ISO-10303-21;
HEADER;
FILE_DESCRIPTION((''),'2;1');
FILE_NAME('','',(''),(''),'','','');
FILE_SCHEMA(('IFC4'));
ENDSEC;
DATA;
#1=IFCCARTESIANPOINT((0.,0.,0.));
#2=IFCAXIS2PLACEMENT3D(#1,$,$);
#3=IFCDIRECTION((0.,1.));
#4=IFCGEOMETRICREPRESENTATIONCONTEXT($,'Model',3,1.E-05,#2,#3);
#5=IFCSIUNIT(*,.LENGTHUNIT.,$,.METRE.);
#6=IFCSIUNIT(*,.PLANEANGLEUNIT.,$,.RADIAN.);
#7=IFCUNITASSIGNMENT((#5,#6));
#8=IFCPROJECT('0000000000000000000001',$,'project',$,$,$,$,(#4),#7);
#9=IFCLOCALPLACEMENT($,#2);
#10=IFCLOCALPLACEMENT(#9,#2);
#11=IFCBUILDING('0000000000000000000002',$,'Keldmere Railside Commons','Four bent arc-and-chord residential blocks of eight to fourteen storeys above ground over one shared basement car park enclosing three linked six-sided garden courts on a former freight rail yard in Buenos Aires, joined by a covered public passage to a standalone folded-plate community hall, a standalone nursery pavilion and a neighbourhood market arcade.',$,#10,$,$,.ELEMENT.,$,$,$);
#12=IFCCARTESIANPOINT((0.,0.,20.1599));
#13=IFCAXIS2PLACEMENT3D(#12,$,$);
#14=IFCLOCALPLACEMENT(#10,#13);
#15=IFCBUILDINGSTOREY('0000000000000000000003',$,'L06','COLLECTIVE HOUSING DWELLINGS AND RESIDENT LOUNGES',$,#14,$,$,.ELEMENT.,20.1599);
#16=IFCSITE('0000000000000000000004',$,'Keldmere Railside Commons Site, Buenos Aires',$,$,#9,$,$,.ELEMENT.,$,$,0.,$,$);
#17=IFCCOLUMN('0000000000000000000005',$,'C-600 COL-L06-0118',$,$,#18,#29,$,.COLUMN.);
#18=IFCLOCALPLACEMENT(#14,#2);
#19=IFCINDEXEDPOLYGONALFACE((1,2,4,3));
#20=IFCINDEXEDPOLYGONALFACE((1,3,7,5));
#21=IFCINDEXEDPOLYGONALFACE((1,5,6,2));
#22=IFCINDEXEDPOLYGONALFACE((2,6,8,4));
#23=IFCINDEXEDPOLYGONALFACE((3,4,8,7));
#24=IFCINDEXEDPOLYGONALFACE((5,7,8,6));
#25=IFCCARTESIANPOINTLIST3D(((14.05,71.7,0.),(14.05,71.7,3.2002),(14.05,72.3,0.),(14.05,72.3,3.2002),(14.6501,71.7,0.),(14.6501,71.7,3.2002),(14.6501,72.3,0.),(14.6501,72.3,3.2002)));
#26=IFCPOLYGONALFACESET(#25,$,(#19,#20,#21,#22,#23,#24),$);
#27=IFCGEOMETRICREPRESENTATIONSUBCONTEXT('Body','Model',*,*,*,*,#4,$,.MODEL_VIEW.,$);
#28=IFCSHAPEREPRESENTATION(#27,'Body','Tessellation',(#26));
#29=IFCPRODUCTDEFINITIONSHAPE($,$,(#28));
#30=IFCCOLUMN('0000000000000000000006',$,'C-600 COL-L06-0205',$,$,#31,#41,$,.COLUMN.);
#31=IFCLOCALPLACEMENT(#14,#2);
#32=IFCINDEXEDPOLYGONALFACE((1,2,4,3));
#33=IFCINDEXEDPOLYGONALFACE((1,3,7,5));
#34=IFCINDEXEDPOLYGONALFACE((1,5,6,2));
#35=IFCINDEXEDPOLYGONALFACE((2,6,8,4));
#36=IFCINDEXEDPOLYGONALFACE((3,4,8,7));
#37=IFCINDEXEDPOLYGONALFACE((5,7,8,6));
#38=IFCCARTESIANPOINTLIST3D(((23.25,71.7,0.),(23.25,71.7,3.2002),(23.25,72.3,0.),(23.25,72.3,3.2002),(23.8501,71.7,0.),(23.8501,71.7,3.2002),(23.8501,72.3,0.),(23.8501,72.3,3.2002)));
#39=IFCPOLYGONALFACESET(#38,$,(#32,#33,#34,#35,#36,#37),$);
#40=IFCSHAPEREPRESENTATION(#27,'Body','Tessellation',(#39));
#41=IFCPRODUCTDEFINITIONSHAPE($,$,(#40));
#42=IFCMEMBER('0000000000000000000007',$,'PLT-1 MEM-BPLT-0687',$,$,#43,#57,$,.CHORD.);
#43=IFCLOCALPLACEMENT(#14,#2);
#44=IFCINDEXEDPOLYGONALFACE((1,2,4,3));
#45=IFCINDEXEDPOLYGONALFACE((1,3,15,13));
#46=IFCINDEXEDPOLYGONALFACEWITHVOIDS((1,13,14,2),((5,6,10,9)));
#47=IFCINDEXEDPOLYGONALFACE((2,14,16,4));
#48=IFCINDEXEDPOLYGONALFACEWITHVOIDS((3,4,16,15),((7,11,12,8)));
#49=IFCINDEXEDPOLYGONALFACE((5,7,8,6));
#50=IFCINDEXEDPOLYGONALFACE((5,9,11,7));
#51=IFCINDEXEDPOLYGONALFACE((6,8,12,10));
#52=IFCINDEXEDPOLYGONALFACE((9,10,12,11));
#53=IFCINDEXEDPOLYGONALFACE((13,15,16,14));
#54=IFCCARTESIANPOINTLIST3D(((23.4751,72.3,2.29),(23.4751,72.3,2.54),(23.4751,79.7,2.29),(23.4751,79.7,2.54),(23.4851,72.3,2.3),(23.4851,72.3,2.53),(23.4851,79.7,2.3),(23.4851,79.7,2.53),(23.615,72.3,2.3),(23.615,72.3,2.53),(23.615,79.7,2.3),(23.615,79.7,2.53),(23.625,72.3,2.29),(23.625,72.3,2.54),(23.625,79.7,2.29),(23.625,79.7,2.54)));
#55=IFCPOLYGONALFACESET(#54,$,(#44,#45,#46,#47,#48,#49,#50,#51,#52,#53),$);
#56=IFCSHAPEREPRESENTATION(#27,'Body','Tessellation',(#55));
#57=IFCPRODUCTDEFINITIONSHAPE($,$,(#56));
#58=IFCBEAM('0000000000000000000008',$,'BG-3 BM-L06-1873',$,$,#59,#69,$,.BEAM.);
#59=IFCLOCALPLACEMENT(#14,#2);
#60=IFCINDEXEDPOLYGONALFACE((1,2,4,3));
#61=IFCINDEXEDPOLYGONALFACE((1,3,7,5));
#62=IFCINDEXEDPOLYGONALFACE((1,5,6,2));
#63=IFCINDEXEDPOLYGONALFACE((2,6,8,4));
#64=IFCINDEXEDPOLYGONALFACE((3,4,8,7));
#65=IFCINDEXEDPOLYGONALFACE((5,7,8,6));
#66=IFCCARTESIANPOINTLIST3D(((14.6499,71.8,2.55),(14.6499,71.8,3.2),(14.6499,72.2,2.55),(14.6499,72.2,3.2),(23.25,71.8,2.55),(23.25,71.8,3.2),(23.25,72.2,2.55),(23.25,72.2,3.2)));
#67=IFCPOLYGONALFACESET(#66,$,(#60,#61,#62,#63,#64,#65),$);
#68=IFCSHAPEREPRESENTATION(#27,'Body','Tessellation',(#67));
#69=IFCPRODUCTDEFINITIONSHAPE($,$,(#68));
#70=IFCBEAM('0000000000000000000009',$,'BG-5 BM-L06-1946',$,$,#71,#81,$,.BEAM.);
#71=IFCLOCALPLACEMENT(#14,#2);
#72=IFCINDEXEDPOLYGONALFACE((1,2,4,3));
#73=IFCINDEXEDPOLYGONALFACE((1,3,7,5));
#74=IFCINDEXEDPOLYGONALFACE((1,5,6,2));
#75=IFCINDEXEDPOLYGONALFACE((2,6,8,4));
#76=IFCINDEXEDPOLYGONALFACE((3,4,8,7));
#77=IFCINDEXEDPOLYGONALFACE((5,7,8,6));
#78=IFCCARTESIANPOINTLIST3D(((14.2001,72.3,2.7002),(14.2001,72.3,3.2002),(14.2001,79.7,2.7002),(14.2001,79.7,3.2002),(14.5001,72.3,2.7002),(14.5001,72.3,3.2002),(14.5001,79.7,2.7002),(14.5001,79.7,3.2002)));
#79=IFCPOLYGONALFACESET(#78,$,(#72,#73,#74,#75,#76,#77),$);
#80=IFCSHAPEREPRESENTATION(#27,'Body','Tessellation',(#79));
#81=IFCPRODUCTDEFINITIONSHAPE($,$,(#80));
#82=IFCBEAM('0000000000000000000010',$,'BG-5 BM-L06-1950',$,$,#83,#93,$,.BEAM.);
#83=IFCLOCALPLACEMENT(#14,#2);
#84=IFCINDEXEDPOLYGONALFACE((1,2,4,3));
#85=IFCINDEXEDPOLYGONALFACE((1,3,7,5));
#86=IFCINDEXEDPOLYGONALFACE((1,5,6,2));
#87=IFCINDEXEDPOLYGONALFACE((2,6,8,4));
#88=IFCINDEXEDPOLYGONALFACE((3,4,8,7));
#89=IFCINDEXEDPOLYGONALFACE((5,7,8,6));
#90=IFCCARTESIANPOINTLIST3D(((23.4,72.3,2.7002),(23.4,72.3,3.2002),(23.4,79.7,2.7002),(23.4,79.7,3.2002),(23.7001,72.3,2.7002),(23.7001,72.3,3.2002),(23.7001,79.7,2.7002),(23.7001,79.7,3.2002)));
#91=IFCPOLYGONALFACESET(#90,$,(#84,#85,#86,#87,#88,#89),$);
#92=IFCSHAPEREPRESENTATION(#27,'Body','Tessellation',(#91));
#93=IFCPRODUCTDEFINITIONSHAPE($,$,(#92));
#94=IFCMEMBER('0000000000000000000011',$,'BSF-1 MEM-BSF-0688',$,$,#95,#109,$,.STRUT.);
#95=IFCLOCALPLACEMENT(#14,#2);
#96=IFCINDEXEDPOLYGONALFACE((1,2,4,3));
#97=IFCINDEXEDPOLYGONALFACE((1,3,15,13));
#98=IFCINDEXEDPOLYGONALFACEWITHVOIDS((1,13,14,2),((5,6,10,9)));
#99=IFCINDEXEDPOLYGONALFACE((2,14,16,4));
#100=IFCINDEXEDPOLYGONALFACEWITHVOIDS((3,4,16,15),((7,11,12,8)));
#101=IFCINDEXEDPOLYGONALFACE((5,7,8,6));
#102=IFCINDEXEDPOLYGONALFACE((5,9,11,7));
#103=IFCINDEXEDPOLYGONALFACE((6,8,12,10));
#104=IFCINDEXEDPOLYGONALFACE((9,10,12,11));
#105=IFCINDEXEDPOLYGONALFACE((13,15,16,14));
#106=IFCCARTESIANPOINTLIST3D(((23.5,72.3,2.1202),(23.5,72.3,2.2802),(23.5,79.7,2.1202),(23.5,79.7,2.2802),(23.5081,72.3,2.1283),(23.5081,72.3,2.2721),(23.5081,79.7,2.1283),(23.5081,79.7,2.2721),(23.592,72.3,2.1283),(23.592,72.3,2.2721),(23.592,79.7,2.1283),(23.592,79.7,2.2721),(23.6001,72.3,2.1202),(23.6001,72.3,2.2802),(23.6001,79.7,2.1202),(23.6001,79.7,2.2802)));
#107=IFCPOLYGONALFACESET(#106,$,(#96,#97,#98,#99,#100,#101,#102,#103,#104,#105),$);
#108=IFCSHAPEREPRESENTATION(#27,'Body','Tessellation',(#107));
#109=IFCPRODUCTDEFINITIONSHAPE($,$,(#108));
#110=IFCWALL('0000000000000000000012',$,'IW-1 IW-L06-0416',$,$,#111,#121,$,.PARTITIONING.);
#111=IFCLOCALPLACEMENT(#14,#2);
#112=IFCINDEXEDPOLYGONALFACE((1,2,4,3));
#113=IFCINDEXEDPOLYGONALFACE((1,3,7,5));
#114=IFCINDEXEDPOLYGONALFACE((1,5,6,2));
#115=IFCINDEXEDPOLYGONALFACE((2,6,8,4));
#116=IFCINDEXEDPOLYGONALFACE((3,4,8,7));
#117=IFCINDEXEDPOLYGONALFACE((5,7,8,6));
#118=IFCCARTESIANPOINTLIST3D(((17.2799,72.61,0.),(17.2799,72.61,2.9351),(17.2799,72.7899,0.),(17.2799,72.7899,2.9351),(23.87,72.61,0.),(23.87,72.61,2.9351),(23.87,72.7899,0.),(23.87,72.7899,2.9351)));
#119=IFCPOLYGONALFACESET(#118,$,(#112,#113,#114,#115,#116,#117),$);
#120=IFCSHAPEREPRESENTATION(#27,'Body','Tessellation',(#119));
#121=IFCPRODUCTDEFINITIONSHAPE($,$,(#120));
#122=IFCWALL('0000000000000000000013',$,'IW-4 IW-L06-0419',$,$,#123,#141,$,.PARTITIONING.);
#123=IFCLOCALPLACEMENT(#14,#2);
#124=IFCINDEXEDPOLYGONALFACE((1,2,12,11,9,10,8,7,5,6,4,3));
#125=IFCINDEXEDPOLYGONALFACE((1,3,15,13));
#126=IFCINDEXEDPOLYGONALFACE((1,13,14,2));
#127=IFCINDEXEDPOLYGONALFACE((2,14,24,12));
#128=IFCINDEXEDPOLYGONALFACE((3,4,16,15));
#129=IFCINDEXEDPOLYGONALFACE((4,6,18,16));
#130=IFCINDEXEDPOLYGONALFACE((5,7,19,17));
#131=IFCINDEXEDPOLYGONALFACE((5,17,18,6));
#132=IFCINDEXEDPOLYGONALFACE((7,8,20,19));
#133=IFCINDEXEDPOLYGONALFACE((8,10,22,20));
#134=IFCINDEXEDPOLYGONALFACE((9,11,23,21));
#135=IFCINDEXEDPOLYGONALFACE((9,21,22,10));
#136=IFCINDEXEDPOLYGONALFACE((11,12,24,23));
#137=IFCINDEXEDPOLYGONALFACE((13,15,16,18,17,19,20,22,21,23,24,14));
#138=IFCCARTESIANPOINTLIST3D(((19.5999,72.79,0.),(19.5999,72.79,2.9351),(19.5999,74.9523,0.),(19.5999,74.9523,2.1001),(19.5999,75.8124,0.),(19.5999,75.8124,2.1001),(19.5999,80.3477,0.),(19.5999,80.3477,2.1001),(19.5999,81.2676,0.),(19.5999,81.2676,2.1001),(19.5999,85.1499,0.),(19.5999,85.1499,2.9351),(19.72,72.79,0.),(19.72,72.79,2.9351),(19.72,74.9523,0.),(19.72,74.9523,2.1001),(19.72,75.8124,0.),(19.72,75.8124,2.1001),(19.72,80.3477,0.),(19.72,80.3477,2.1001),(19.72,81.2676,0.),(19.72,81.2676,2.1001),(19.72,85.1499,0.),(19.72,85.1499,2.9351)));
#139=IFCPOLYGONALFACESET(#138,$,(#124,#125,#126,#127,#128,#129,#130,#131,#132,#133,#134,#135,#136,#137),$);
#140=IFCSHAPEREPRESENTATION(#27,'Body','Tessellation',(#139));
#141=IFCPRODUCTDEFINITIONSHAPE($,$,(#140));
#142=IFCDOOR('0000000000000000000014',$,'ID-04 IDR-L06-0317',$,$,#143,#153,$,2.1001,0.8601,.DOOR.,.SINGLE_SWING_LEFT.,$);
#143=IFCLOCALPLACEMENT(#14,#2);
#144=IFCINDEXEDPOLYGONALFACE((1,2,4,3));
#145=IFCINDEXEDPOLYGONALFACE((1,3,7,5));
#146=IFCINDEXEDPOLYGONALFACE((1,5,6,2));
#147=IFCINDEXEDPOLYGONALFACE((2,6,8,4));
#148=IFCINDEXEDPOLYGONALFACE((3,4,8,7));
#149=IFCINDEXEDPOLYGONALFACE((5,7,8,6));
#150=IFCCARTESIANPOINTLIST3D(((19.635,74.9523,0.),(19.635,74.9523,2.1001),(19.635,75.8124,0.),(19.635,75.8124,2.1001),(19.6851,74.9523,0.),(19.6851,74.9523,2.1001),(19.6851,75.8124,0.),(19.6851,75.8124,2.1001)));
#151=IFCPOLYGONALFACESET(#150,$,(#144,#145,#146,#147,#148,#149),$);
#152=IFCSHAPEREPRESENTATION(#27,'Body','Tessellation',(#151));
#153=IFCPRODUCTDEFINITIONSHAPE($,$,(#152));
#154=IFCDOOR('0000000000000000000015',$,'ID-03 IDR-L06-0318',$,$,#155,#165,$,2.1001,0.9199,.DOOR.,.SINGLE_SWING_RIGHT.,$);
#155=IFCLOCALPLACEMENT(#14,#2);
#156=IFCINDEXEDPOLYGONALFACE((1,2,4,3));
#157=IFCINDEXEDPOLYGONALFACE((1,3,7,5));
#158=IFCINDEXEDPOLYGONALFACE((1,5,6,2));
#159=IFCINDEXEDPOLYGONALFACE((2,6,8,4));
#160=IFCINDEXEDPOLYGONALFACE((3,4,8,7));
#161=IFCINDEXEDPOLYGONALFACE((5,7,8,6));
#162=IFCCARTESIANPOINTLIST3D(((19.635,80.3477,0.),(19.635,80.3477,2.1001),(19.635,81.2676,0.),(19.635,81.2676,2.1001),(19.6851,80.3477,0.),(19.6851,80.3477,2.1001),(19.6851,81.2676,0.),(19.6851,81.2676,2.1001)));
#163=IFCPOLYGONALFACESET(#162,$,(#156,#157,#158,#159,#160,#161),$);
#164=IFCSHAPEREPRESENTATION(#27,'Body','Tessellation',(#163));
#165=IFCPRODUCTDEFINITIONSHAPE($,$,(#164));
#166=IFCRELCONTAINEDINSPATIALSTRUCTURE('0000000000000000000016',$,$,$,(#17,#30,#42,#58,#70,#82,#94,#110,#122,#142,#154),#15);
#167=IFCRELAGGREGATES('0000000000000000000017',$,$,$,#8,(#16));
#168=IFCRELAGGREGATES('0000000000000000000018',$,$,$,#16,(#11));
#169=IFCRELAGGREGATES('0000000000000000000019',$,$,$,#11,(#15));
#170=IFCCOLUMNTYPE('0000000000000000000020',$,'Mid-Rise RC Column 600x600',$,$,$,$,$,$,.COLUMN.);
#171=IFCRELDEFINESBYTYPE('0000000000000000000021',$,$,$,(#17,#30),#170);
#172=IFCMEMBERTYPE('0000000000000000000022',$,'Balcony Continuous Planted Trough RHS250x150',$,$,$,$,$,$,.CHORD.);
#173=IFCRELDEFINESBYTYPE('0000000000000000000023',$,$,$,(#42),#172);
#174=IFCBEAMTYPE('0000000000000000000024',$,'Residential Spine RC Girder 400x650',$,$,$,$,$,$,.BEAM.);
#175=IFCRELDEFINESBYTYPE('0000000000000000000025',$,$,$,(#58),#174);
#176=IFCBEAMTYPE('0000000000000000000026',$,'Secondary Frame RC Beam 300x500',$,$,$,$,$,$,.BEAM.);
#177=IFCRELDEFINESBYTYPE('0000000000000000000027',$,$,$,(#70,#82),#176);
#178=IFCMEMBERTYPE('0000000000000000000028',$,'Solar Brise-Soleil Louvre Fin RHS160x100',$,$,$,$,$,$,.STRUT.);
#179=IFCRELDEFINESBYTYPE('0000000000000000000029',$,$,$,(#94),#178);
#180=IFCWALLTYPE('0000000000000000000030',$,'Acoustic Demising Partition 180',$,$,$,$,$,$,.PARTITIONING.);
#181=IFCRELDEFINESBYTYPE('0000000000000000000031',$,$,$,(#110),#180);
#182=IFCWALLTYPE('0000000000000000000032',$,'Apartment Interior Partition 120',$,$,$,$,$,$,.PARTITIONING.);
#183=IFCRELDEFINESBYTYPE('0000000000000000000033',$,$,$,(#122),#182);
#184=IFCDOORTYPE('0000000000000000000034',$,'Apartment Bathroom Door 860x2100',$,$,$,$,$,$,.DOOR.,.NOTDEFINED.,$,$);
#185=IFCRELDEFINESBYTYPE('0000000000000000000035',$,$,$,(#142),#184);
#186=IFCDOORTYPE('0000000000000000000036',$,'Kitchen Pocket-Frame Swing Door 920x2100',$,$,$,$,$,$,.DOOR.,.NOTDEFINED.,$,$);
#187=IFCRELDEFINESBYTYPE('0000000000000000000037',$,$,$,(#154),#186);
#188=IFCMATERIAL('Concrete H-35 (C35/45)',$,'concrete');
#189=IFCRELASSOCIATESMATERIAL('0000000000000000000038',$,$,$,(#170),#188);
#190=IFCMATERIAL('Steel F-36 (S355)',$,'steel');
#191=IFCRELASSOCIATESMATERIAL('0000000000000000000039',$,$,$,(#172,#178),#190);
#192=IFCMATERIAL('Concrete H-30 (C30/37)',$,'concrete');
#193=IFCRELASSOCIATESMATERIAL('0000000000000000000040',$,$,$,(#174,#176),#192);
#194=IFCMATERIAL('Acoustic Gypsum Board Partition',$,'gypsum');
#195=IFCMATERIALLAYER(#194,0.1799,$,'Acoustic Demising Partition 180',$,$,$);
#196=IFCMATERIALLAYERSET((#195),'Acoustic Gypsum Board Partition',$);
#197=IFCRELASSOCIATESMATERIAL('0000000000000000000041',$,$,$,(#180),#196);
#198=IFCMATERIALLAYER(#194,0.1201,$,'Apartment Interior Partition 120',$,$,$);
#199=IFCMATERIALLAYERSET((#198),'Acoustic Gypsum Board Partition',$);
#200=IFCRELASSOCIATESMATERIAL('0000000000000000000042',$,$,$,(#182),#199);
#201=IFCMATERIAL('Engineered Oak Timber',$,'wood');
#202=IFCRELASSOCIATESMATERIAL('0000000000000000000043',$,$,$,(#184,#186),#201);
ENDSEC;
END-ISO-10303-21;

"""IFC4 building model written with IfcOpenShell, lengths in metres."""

from ifc_helpers import new_model, si_unit, direction, frame, frame_2d, origin, origin_2d, place, context, subcontext, project, spatial, rectangle, hollow_rectangle, extrude, material, layer, layer_set, material_profile, profile_set, type_object, element, fill, save


model = new_model("IFC4")

# Units and contexts
model_context = context("Model", 3, precision=1e-05, world=origin(), true_north=direction((0.0, 1.0)))
body_context = subcontext(model_context, "Body", "Model", "MODEL_VIEW")
ifc_project = project(units=[si_unit("LENGTHUNIT", "METRE"), si_unit("PLANEANGLEUNIT", "RADIAN")], contexts=[model_context])

# Site, building, storey
site_placement = place(None, origin())
site = spatial("IfcSite", under=ifc_project, at=site_placement, Name="Keldmere Railside Commons Site, Buenos Aires", CompositionType="ELEMENT", RefElevation=0.0)
building_placement = place(site_placement, origin())
building = spatial("IfcBuilding", under=site, at=building_placement, Name="Keldmere Railside Commons", Description="Four bent arc-and-chord residential blocks of eight to fourteen storeys above ground over one shared basement car park enclosing three linked six-sided garden courts on a former freight rail yard in Buenos Aires, joined by a covered public passage to a standalone folded-plate community hall, a standalone nursery pavilion and a neighbourhood market arcade.", CompositionType="ELEMENT")
storey_placement = place(building_placement, frame((0.0, 0.0, 20.1599)))
storey = spatial("IfcBuildingStorey", under=building, at=storey_placement, Name="L06", Description="COLLECTIVE HOUSING DWELLINGS AND RESIDENT LOUNGES", CompositionType="ELEMENT", Elevation=20.1599)

# Columns
ifc_material_1 = material(Name="Concrete H-35 (C35/45)", Category="concrete")
ifc_material_profile_1 = material_profile(ifc_material_1, rectangle(XDim=0.6001, YDim=0.6001, at=origin_2d()), Name="RC-600x600")
ifc_profile_set_1 = profile_set([ifc_material_profile_1], Name="Concrete H-35 (C35/45)")
column_type = type_object("IfcColumnType", Name="Mid-Rise RC Column 600x600", PredefinedType="COLUMN", material=ifc_profile_set_1)
for number, where, z_axis, x_axis, name in (
    (1, (14.3501, 72.0, 0.0), (0.0, 0.0, 1.0), (1.0, 0.0, 0.0), "C-600 COL-L06-0118"),
    (2, (23.55, 72.0, 0.0), (0.0, 0.0, 1.0), (1.0, 0.0, 0.0), "C-600 COL-L06-0205"),
):
    element("IfcColumn", number, at=place(storey_placement, frame(where, z_axis=z_axis, x_axis=x_axis)), inside=storey, type_object=column_type, Name=name, PredefinedType="COLUMN", context=body_context, shape_type="SweptSolid", body=[
        extrude(rectangle(XDim=0.6001, YDim=0.6001, at=origin_2d()), origin(), (0.0, 0.0, 1.0), 3.2002),
    ])

# Member
ifc_material_2 = material(Name="Steel F-36 (S355)", Category="steel")
ifc_material_profile_2 = material_profile(ifc_material_2, hollow_rectangle(XDim=0.1499, YDim=0.25, WallThickness=0.01, at=origin_2d()), Name="RHS-250x150x10")
ifc_profile_set_2 = profile_set([ifc_material_profile_2], Name="Steel F-36 (S355)")
member_type_1 = type_object("IfcMemberType", Name="Balcony Continuous Planted Trough RHS250x150", PredefinedType="CHORD", material=ifc_profile_set_2)
member_1_placement = place(storey_placement, frame((23.55, 72.3, 2.415), z_axis=(0.0, 1.0, 0.0), x_axis=(-1.0, 0.0, 0.0)))
element("IfcMember", 3, at=member_1_placement, inside=storey, type_object=member_type_1, Name="PLT-1 MEM-BPLT-0687", PredefinedType="CHORD", context=body_context, shape_type="SweptSolid", body=[
    extrude(hollow_rectangle(XDim=0.1499, YDim=0.25, WallThickness=0.01, at=origin_2d()), origin(), (0.0, 0.0, 1.0), 7.3999),
])

# Beams
ifc_material_3 = material(Name="Concrete H-30 (C30/37)", Category="concrete")
ifc_material_profile_3 = material_profile(ifc_material_3, rectangle(XDim=0.3999, YDim=0.6499, at=origin_2d()), Name="RC-400x650")
ifc_profile_set_3 = profile_set([ifc_material_profile_3], Name="Concrete H-30 (C30/37)")
beam_type_1 = type_object("IfcBeamType", Name="Residential Spine RC Girder 400x650", PredefinedType="BEAM", material=ifc_profile_set_3)
beam_placement = place(storey_placement, frame((14.6499, 72.0, 2.875), z_axis=(1.0, 0.0, 0.0), x_axis=(0.0, 1.0, 0.0)))
element("IfcBeam", 4, at=beam_placement, inside=storey, type_object=beam_type_1, Name="BG-3 BM-L06-1873", PredefinedType="BEAM", context=body_context, shape_type="SweptSolid", body=[
    extrude(rectangle(XDim=0.3999, YDim=0.6499, at=origin_2d()), origin(), (0.0, 0.0, 1.0), 8.6001),
])
ifc_material_profile_4 = material_profile(ifc_material_3, rectangle(XDim=0.3, YDim=0.5, at=origin_2d()), Name="RC-300x500")
ifc_profile_set_4 = profile_set([ifc_material_profile_4], Name="Concrete H-30 (C30/37)")
beam_type_2 = type_object("IfcBeamType", Name="Secondary Frame RC Beam 300x500", PredefinedType="BEAM", material=ifc_profile_set_4)
for number, where, z_axis, x_axis, name in (
    (5, (14.3501, 72.3, 2.9502), (0.0, 1.0, 0.0), (-1.0, 0.0, 0.0), "BG-5 BM-L06-1946"),
    (6, (23.55, 72.3, 2.9502), (0.0, 1.0, 0.0), (-1.0, 0.0, 0.0), "BG-5 BM-L06-1950"),
):
    element("IfcBeam", number, at=place(storey_placement, frame(where, z_axis=z_axis, x_axis=x_axis)), inside=storey, type_object=beam_type_2, Name=name, PredefinedType="BEAM", context=body_context, shape_type="SweptSolid", body=[
        extrude(rectangle(XDim=0.3, YDim=0.5, at=origin_2d()), origin(), (0.0, 0.0, 1.0), 7.3999),
    ])

# Member
ifc_material_profile_5 = material_profile(ifc_material_2, hollow_rectangle(XDim=0.1001, YDim=0.1599, WallThickness=0.0081, at=origin_2d()), Name="RHS-160x100x8")
ifc_profile_set_5 = profile_set([ifc_material_profile_5], Name="Steel F-36 (S355)")
member_type_2 = type_object("IfcMemberType", Name="Solar Brise-Soleil Louvre Fin RHS160x100", PredefinedType="STRUT", material=ifc_profile_set_5)
member_2_placement = place(storey_placement, frame((23.55, 72.3, 2.2002), z_axis=(0.0, 1.0, 0.0), x_axis=(-1.0, 0.0, 0.0)))
element("IfcMember", 7, at=member_2_placement, inside=storey, type_object=member_type_2, Name="BSF-1 MEM-BSF-0688", PredefinedType="STRUT", context=body_context, shape_type="SweptSolid", body=[
    extrude(hollow_rectangle(XDim=0.1001, YDim=0.1599, WallThickness=0.0081, at=origin_2d()), origin(), (0.0, 0.0, 1.0), 7.3999),
])

# Wall
ifc_material_4 = material(Name="Acoustic Gypsum Board Partition", Category="gypsum")
ifc_layer_1 = layer(ifc_material_4, 0.1799, Name="Acoustic Demising Partition 180")
ifc_layer_set_1 = layer_set([ifc_layer_1], Name="Acoustic Gypsum Board Partition")
wall_type_1 = type_object("IfcWallType", Name="Acoustic Demising Partition 180", PredefinedType="PARTITIONING", material=ifc_layer_set_1)
wall_1_placement = place(storey_placement, frame((17.28, 72.7, 0.0), z_axis=(0.0, 0.0, 1.0), x_axis=(1.0, 0.0, 0.0)))
element("IfcWall", 8, at=wall_1_placement, inside=storey, type_object=wall_type_1, Name="IW-1 IW-L06-0416", PredefinedType="PARTITIONING", context=body_context, shape_type="SweptSolid", body=[
    extrude(rectangle(XDim=6.5901, YDim=0.1799, at=frame_2d((3.2949, 0.0))), origin(), (0.0, 0.0, 1.0), 2.9351),
])

# Wall, openings, doors
ifc_layer_2 = layer(ifc_material_4, 0.1201, Name="Apartment Interior Partition 120")
ifc_layer_set_2 = layer_set([ifc_layer_2], Name="Acoustic Gypsum Board Partition")
wall_type_2 = type_object("IfcWallType", Name="Apartment Interior Partition 120", PredefinedType="PARTITIONING", material=ifc_layer_set_2)
wall_2_placement = place(storey_placement, frame((19.6599, 72.79, 0.0), z_axis=(0.0, 0.0, 1.0), x_axis=(0.0, 1.0, 0.0)))
wall_2 = element("IfcWall", 9, at=wall_2_placement, inside=storey, type_object=wall_type_2, Name="IW-4 IW-L06-0419", PredefinedType="PARTITIONING", context=body_context, shape_type="SweptSolid", body=[
    extrude(rectangle(XDim=12.3599, YDim=0.1201, at=frame_2d((6.1799, 0.0))), origin(), (0.0, 0.0, 1.0), 2.9351),
])
opening_1_placement = place(wall_2_placement, frame((2.1621, 0.0, 0.0)))
opening_1 = element("IfcOpeningElement", 10, at=opening_1_placement, cuts=wall_2, PredefinedType="OPENING", context=body_context, shape_type="SweptSolid", body=[
    extrude(rectangle(XDim=0.8601, YDim=2.1001, at=frame_2d((0.4302, 1.05))), frame((0.0, 0.0701, 0.0), z_axis=(0.0, -1.0, 0.0), x_axis=(1.0, 0.0, 0.0)), (0.0, 0.0, 1.0), 0.1401),
])
opening_2_placement = place(wall_2_placement, frame((7.5576, 0.0, 0.0)))
opening_2 = element("IfcOpeningElement", 11, at=opening_2_placement, cuts=wall_2, PredefinedType="OPENING", context=body_context, shape_type="SweptSolid", body=[
    extrude(rectangle(XDim=0.9199, YDim=2.1001, at=frame_2d((0.46, 1.05))), frame((0.0, 0.0701, 0.0), z_axis=(0.0, -1.0, 0.0), x_axis=(1.0, 0.0, 0.0)), (0.0, 0.0, 1.0), 0.1401),
])
ifc_material_5 = material(Name="Engineered Oak Timber", Category="wood")
door_type_1 = type_object("IfcDoorType", Name="Apartment Bathroom Door 860x2100", OperationType="NOTDEFINED", PredefinedType="DOOR", material=ifc_material_5)
door_1_placement = place(opening_1_placement, origin())
door_1 = element("IfcDoor", 12, at=door_1_placement, inside=storey, type_object=door_type_1, Name="ID-04 IDR-L06-0317", OperationType="SINGLE_SWING_LEFT", OverallHeight=2.1001, OverallWidth=0.8601, PredefinedType="DOOR", context=body_context, shape_type="SweptSolid", body=[
    extrude(rectangle(XDim=0.8601, YDim=2.1001, at=frame_2d((0.4302, 1.05))), frame((0.0, 0.0249, 0.0), z_axis=(0.0, -1.0, 0.0), x_axis=(1.0, 0.0, 0.0)), (0.0, 0.0, 1.0), 0.05),
])
fill(opening_1, door_1)
door_type_2 = type_object("IfcDoorType", Name="Kitchen Pocket-Frame Swing Door 920x2100", OperationType="NOTDEFINED", PredefinedType="DOOR", material=ifc_material_5)
door_2_placement = place(opening_2_placement, origin())
door_2 = element("IfcDoor", 13, at=door_2_placement, inside=storey, type_object=door_type_2, Name="ID-03 IDR-L06-0318", OperationType="SINGLE_SWING_RIGHT", OverallHeight=2.1001, OverallWidth=0.9199, PredefinedType="DOOR", context=body_context, shape_type="SweptSolid", body=[
    extrude(rectangle(XDim=0.9199, YDim=2.1001, at=frame_2d((0.46, 1.05))), frame((0.0, 0.0249, 0.0), z_axis=(0.0, -1.0, 0.0), x_axis=(1.0, 0.0, 0.0)), (0.0, 0.0, 1.0), 0.05),
])
fill(opening_2, door_2)

save(model, "model.ifc")
